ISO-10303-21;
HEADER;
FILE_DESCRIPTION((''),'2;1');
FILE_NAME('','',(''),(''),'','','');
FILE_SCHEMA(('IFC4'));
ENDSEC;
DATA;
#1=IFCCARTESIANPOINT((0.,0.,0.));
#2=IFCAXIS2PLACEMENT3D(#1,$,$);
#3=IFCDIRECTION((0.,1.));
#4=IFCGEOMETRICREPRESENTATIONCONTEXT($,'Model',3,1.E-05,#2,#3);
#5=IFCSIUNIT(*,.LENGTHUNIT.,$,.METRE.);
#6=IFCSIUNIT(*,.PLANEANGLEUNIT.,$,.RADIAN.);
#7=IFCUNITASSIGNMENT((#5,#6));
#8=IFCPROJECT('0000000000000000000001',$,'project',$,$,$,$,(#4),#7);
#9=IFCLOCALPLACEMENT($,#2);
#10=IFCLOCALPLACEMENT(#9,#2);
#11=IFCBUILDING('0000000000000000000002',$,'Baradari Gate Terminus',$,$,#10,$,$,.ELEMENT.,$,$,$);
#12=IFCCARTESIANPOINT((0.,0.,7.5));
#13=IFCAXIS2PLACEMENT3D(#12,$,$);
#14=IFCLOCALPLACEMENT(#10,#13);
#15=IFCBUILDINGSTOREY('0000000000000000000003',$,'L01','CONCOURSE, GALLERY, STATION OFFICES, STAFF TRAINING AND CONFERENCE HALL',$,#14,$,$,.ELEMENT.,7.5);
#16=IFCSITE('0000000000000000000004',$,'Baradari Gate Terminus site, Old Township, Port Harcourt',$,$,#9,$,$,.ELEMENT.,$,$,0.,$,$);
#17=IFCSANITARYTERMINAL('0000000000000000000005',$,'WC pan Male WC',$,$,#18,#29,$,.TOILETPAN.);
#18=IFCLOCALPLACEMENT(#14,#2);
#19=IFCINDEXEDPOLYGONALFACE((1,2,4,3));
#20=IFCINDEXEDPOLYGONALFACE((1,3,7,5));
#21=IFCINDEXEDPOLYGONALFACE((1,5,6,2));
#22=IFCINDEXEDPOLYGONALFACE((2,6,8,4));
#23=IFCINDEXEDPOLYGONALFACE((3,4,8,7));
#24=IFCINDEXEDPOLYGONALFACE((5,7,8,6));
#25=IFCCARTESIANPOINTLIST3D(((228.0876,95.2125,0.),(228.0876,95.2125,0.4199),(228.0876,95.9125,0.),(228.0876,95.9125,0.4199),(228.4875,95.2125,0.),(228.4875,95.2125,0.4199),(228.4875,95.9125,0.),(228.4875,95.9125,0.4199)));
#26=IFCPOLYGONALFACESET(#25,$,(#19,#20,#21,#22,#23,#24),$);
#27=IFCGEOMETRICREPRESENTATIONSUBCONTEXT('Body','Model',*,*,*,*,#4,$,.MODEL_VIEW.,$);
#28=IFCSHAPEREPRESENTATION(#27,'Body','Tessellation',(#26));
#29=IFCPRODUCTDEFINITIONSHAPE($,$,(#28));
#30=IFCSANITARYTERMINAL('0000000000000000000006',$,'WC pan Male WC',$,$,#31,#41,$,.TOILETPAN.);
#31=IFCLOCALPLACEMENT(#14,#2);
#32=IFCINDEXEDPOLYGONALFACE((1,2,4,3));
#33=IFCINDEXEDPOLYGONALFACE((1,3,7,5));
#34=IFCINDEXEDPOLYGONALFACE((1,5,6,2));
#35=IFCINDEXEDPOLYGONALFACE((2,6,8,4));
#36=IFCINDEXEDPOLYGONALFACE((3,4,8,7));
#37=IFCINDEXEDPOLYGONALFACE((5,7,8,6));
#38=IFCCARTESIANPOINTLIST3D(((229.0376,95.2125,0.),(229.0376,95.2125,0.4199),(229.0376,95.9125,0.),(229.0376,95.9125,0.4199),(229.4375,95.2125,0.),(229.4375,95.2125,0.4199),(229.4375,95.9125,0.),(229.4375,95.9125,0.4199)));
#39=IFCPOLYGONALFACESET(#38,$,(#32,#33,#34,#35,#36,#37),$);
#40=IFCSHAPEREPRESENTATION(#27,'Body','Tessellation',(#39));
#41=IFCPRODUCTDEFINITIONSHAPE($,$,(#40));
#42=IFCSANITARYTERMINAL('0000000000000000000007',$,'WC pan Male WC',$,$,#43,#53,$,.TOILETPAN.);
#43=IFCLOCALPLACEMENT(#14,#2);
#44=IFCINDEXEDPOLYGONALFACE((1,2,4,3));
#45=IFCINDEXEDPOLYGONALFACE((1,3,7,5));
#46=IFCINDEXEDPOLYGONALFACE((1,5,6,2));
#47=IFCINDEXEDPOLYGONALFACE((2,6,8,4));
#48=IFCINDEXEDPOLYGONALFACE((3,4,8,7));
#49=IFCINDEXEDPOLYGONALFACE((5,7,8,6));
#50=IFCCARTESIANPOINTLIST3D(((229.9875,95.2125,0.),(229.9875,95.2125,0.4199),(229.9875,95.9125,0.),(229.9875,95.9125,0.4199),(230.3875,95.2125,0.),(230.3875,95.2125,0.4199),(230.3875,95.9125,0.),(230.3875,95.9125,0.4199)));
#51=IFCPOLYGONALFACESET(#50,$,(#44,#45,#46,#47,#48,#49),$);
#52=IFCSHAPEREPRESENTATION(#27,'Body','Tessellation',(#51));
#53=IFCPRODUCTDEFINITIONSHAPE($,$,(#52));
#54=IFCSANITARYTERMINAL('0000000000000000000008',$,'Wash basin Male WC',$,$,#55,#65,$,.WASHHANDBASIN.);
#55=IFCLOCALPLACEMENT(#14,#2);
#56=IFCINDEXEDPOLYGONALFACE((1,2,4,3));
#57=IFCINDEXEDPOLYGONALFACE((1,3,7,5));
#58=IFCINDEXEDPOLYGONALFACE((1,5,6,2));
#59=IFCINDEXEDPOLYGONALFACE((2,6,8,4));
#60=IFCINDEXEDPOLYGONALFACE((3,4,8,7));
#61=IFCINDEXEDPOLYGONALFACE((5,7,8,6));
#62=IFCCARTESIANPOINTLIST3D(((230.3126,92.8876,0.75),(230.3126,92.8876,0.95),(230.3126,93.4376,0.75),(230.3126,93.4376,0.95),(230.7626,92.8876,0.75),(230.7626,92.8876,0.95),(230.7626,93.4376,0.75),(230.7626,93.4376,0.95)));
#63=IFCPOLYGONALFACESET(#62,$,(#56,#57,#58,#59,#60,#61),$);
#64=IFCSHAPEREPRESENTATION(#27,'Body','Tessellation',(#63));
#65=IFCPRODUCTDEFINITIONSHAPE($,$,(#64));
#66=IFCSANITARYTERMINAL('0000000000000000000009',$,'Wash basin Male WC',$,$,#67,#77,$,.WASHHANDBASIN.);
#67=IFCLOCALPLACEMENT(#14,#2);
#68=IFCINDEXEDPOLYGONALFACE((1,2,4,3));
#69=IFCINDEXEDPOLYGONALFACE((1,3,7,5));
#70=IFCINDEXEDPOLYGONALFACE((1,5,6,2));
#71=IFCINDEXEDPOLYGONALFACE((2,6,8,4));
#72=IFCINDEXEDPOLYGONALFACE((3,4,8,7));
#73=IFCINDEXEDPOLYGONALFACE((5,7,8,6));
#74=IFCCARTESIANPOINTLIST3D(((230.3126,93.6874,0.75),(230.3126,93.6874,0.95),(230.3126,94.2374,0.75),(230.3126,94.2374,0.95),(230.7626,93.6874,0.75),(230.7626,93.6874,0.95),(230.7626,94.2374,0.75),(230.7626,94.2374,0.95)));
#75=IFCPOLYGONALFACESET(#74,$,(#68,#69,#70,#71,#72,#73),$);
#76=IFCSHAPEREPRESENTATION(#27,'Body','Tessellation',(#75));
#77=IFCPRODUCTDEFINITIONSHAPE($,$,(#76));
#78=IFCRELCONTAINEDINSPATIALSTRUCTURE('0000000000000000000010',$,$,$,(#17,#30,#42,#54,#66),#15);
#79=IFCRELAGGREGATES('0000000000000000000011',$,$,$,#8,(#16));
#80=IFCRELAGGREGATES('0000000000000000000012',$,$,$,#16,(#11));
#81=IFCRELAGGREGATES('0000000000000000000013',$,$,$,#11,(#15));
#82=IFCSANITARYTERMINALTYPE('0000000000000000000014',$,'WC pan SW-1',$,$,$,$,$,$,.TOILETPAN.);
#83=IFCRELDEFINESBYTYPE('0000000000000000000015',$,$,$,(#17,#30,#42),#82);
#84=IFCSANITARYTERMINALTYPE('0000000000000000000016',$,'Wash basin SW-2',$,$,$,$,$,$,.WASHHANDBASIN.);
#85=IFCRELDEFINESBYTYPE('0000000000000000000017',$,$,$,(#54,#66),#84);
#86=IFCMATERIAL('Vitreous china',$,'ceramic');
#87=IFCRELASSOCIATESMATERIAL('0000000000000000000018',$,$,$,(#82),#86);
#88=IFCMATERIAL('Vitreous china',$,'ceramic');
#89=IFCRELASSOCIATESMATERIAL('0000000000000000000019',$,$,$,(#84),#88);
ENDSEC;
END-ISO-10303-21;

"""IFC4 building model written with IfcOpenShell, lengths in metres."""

from ifc_helpers import new_model, si_unit, direction, frame, origin, origin_2d, place, context, subcontext, project, spatial, rectangle, extrude, material, type_object, element, save


model = new_model("IFC4")

# Units and contexts
model_context = context("Model", 3, precision=1e-05, world=origin(), true_north=direction((0.0, 1.0)))
body_context = subcontext(model_context, "Body", "Model", "MODEL_VIEW")
ifc_project = project(units=[si_unit("LENGTHUNIT", "METRE"), si_unit("PLANEANGLEUNIT", "RADIAN")], contexts=[model_context])

# Site, building, storey
site_placement = place(None, origin())
site = spatial("IfcSite", under=ifc_project, at=site_placement, Name="Baradari Gate Terminus site, Old Township, Port Harcourt", CompositionType="ELEMENT", RefElevation=0.0)
building_placement = place(site_placement, origin())
building = spatial("IfcBuilding", under=site, at=building_placement, Name="Baradari Gate Terminus", CompositionType="ELEMENT")
storey_placement = place(building_placement, frame((0.0, 0.0, 7.5)))
storey = spatial("IfcBuildingStorey", under=building, at=storey_placement, Name="L01", Description="CONCOURSE, GALLERY, STATION OFFICES, STAFF TRAINING AND CONFERENCE HALL", CompositionType="ELEMENT", Elevation=7.5)

# Sanitary terminals
ifc_material_1 = material(Name="Vitreous china", Category="ceramic")
sanitary_terminal_type_1 = type_object("IfcSanitaryTerminalType", Name="WC pan SW-1", PredefinedType="TOILETPAN", material=ifc_material_1)
for number, where, z_axis, x_axis, name in (
    (1, (228.2876, 95.5625, 0.0), (0.0, 0.0, 1.0), (1.0, 0.0, 0.0), "WC pan Male WC"),
    (2, (229.2375, 95.5625, 0.0), (0.0, 0.0, 1.0), (1.0, 0.0, 0.0), "WC pan Male WC"),
    (3, (230.1875, 95.5625, 0.0), (0.0, 0.0, 1.0), (1.0, 0.0, 0.0), "WC pan Male WC"),
):
    element("IfcSanitaryTerminal", number, at=place(storey_placement, frame(where, z_axis=z_axis, x_axis=x_axis)), inside=storey, type_object=sanitary_terminal_type_1, Name=name, PredefinedType="TOILETPAN", context=body_context, shape_type="SweptSolid", body=[
        extrude(rectangle(XDim=0.3999, YDim=0.7, at=origin_2d()), origin(), (0.0, 0.0, 1.0), 0.4199),
    ])
ifc_material_2 = material(Name="Vitreous china", Category="ceramic")
sanitary_terminal_type_2 = type_object("IfcSanitaryTerminalType", Name="Wash basin SW-2", PredefinedType="WASHHANDBASIN", material=ifc_material_2)
for number, where, z_axis, x_axis, name in (
    (4, (230.5376, 93.1626, 0.75), (0.0, 0.0, 1.0), (1.0, 0.0, 0.0), "Wash basin Male WC"),
    (5, (230.5376, 93.9624, 0.75), (0.0, 0.0, 1.0), (1.0, 0.0, 0.0), "Wash basin Male WC"),
):
    element("IfcSanitaryTerminal", number, at=place(storey_placement, frame(where, z_axis=z_axis, x_axis=x_axis)), inside=storey, type_object=sanitary_terminal_type_2, Name=name, PredefinedType="WASHHANDBASIN", context=body_context, shape_type="SweptSolid", body=[
        extrude(rectangle(XDim=0.45, YDim=0.55, at=origin_2d()), origin(), (0.0, 0.0, 1.0), 0.2),
    ])

save(model, "model.ifc")
